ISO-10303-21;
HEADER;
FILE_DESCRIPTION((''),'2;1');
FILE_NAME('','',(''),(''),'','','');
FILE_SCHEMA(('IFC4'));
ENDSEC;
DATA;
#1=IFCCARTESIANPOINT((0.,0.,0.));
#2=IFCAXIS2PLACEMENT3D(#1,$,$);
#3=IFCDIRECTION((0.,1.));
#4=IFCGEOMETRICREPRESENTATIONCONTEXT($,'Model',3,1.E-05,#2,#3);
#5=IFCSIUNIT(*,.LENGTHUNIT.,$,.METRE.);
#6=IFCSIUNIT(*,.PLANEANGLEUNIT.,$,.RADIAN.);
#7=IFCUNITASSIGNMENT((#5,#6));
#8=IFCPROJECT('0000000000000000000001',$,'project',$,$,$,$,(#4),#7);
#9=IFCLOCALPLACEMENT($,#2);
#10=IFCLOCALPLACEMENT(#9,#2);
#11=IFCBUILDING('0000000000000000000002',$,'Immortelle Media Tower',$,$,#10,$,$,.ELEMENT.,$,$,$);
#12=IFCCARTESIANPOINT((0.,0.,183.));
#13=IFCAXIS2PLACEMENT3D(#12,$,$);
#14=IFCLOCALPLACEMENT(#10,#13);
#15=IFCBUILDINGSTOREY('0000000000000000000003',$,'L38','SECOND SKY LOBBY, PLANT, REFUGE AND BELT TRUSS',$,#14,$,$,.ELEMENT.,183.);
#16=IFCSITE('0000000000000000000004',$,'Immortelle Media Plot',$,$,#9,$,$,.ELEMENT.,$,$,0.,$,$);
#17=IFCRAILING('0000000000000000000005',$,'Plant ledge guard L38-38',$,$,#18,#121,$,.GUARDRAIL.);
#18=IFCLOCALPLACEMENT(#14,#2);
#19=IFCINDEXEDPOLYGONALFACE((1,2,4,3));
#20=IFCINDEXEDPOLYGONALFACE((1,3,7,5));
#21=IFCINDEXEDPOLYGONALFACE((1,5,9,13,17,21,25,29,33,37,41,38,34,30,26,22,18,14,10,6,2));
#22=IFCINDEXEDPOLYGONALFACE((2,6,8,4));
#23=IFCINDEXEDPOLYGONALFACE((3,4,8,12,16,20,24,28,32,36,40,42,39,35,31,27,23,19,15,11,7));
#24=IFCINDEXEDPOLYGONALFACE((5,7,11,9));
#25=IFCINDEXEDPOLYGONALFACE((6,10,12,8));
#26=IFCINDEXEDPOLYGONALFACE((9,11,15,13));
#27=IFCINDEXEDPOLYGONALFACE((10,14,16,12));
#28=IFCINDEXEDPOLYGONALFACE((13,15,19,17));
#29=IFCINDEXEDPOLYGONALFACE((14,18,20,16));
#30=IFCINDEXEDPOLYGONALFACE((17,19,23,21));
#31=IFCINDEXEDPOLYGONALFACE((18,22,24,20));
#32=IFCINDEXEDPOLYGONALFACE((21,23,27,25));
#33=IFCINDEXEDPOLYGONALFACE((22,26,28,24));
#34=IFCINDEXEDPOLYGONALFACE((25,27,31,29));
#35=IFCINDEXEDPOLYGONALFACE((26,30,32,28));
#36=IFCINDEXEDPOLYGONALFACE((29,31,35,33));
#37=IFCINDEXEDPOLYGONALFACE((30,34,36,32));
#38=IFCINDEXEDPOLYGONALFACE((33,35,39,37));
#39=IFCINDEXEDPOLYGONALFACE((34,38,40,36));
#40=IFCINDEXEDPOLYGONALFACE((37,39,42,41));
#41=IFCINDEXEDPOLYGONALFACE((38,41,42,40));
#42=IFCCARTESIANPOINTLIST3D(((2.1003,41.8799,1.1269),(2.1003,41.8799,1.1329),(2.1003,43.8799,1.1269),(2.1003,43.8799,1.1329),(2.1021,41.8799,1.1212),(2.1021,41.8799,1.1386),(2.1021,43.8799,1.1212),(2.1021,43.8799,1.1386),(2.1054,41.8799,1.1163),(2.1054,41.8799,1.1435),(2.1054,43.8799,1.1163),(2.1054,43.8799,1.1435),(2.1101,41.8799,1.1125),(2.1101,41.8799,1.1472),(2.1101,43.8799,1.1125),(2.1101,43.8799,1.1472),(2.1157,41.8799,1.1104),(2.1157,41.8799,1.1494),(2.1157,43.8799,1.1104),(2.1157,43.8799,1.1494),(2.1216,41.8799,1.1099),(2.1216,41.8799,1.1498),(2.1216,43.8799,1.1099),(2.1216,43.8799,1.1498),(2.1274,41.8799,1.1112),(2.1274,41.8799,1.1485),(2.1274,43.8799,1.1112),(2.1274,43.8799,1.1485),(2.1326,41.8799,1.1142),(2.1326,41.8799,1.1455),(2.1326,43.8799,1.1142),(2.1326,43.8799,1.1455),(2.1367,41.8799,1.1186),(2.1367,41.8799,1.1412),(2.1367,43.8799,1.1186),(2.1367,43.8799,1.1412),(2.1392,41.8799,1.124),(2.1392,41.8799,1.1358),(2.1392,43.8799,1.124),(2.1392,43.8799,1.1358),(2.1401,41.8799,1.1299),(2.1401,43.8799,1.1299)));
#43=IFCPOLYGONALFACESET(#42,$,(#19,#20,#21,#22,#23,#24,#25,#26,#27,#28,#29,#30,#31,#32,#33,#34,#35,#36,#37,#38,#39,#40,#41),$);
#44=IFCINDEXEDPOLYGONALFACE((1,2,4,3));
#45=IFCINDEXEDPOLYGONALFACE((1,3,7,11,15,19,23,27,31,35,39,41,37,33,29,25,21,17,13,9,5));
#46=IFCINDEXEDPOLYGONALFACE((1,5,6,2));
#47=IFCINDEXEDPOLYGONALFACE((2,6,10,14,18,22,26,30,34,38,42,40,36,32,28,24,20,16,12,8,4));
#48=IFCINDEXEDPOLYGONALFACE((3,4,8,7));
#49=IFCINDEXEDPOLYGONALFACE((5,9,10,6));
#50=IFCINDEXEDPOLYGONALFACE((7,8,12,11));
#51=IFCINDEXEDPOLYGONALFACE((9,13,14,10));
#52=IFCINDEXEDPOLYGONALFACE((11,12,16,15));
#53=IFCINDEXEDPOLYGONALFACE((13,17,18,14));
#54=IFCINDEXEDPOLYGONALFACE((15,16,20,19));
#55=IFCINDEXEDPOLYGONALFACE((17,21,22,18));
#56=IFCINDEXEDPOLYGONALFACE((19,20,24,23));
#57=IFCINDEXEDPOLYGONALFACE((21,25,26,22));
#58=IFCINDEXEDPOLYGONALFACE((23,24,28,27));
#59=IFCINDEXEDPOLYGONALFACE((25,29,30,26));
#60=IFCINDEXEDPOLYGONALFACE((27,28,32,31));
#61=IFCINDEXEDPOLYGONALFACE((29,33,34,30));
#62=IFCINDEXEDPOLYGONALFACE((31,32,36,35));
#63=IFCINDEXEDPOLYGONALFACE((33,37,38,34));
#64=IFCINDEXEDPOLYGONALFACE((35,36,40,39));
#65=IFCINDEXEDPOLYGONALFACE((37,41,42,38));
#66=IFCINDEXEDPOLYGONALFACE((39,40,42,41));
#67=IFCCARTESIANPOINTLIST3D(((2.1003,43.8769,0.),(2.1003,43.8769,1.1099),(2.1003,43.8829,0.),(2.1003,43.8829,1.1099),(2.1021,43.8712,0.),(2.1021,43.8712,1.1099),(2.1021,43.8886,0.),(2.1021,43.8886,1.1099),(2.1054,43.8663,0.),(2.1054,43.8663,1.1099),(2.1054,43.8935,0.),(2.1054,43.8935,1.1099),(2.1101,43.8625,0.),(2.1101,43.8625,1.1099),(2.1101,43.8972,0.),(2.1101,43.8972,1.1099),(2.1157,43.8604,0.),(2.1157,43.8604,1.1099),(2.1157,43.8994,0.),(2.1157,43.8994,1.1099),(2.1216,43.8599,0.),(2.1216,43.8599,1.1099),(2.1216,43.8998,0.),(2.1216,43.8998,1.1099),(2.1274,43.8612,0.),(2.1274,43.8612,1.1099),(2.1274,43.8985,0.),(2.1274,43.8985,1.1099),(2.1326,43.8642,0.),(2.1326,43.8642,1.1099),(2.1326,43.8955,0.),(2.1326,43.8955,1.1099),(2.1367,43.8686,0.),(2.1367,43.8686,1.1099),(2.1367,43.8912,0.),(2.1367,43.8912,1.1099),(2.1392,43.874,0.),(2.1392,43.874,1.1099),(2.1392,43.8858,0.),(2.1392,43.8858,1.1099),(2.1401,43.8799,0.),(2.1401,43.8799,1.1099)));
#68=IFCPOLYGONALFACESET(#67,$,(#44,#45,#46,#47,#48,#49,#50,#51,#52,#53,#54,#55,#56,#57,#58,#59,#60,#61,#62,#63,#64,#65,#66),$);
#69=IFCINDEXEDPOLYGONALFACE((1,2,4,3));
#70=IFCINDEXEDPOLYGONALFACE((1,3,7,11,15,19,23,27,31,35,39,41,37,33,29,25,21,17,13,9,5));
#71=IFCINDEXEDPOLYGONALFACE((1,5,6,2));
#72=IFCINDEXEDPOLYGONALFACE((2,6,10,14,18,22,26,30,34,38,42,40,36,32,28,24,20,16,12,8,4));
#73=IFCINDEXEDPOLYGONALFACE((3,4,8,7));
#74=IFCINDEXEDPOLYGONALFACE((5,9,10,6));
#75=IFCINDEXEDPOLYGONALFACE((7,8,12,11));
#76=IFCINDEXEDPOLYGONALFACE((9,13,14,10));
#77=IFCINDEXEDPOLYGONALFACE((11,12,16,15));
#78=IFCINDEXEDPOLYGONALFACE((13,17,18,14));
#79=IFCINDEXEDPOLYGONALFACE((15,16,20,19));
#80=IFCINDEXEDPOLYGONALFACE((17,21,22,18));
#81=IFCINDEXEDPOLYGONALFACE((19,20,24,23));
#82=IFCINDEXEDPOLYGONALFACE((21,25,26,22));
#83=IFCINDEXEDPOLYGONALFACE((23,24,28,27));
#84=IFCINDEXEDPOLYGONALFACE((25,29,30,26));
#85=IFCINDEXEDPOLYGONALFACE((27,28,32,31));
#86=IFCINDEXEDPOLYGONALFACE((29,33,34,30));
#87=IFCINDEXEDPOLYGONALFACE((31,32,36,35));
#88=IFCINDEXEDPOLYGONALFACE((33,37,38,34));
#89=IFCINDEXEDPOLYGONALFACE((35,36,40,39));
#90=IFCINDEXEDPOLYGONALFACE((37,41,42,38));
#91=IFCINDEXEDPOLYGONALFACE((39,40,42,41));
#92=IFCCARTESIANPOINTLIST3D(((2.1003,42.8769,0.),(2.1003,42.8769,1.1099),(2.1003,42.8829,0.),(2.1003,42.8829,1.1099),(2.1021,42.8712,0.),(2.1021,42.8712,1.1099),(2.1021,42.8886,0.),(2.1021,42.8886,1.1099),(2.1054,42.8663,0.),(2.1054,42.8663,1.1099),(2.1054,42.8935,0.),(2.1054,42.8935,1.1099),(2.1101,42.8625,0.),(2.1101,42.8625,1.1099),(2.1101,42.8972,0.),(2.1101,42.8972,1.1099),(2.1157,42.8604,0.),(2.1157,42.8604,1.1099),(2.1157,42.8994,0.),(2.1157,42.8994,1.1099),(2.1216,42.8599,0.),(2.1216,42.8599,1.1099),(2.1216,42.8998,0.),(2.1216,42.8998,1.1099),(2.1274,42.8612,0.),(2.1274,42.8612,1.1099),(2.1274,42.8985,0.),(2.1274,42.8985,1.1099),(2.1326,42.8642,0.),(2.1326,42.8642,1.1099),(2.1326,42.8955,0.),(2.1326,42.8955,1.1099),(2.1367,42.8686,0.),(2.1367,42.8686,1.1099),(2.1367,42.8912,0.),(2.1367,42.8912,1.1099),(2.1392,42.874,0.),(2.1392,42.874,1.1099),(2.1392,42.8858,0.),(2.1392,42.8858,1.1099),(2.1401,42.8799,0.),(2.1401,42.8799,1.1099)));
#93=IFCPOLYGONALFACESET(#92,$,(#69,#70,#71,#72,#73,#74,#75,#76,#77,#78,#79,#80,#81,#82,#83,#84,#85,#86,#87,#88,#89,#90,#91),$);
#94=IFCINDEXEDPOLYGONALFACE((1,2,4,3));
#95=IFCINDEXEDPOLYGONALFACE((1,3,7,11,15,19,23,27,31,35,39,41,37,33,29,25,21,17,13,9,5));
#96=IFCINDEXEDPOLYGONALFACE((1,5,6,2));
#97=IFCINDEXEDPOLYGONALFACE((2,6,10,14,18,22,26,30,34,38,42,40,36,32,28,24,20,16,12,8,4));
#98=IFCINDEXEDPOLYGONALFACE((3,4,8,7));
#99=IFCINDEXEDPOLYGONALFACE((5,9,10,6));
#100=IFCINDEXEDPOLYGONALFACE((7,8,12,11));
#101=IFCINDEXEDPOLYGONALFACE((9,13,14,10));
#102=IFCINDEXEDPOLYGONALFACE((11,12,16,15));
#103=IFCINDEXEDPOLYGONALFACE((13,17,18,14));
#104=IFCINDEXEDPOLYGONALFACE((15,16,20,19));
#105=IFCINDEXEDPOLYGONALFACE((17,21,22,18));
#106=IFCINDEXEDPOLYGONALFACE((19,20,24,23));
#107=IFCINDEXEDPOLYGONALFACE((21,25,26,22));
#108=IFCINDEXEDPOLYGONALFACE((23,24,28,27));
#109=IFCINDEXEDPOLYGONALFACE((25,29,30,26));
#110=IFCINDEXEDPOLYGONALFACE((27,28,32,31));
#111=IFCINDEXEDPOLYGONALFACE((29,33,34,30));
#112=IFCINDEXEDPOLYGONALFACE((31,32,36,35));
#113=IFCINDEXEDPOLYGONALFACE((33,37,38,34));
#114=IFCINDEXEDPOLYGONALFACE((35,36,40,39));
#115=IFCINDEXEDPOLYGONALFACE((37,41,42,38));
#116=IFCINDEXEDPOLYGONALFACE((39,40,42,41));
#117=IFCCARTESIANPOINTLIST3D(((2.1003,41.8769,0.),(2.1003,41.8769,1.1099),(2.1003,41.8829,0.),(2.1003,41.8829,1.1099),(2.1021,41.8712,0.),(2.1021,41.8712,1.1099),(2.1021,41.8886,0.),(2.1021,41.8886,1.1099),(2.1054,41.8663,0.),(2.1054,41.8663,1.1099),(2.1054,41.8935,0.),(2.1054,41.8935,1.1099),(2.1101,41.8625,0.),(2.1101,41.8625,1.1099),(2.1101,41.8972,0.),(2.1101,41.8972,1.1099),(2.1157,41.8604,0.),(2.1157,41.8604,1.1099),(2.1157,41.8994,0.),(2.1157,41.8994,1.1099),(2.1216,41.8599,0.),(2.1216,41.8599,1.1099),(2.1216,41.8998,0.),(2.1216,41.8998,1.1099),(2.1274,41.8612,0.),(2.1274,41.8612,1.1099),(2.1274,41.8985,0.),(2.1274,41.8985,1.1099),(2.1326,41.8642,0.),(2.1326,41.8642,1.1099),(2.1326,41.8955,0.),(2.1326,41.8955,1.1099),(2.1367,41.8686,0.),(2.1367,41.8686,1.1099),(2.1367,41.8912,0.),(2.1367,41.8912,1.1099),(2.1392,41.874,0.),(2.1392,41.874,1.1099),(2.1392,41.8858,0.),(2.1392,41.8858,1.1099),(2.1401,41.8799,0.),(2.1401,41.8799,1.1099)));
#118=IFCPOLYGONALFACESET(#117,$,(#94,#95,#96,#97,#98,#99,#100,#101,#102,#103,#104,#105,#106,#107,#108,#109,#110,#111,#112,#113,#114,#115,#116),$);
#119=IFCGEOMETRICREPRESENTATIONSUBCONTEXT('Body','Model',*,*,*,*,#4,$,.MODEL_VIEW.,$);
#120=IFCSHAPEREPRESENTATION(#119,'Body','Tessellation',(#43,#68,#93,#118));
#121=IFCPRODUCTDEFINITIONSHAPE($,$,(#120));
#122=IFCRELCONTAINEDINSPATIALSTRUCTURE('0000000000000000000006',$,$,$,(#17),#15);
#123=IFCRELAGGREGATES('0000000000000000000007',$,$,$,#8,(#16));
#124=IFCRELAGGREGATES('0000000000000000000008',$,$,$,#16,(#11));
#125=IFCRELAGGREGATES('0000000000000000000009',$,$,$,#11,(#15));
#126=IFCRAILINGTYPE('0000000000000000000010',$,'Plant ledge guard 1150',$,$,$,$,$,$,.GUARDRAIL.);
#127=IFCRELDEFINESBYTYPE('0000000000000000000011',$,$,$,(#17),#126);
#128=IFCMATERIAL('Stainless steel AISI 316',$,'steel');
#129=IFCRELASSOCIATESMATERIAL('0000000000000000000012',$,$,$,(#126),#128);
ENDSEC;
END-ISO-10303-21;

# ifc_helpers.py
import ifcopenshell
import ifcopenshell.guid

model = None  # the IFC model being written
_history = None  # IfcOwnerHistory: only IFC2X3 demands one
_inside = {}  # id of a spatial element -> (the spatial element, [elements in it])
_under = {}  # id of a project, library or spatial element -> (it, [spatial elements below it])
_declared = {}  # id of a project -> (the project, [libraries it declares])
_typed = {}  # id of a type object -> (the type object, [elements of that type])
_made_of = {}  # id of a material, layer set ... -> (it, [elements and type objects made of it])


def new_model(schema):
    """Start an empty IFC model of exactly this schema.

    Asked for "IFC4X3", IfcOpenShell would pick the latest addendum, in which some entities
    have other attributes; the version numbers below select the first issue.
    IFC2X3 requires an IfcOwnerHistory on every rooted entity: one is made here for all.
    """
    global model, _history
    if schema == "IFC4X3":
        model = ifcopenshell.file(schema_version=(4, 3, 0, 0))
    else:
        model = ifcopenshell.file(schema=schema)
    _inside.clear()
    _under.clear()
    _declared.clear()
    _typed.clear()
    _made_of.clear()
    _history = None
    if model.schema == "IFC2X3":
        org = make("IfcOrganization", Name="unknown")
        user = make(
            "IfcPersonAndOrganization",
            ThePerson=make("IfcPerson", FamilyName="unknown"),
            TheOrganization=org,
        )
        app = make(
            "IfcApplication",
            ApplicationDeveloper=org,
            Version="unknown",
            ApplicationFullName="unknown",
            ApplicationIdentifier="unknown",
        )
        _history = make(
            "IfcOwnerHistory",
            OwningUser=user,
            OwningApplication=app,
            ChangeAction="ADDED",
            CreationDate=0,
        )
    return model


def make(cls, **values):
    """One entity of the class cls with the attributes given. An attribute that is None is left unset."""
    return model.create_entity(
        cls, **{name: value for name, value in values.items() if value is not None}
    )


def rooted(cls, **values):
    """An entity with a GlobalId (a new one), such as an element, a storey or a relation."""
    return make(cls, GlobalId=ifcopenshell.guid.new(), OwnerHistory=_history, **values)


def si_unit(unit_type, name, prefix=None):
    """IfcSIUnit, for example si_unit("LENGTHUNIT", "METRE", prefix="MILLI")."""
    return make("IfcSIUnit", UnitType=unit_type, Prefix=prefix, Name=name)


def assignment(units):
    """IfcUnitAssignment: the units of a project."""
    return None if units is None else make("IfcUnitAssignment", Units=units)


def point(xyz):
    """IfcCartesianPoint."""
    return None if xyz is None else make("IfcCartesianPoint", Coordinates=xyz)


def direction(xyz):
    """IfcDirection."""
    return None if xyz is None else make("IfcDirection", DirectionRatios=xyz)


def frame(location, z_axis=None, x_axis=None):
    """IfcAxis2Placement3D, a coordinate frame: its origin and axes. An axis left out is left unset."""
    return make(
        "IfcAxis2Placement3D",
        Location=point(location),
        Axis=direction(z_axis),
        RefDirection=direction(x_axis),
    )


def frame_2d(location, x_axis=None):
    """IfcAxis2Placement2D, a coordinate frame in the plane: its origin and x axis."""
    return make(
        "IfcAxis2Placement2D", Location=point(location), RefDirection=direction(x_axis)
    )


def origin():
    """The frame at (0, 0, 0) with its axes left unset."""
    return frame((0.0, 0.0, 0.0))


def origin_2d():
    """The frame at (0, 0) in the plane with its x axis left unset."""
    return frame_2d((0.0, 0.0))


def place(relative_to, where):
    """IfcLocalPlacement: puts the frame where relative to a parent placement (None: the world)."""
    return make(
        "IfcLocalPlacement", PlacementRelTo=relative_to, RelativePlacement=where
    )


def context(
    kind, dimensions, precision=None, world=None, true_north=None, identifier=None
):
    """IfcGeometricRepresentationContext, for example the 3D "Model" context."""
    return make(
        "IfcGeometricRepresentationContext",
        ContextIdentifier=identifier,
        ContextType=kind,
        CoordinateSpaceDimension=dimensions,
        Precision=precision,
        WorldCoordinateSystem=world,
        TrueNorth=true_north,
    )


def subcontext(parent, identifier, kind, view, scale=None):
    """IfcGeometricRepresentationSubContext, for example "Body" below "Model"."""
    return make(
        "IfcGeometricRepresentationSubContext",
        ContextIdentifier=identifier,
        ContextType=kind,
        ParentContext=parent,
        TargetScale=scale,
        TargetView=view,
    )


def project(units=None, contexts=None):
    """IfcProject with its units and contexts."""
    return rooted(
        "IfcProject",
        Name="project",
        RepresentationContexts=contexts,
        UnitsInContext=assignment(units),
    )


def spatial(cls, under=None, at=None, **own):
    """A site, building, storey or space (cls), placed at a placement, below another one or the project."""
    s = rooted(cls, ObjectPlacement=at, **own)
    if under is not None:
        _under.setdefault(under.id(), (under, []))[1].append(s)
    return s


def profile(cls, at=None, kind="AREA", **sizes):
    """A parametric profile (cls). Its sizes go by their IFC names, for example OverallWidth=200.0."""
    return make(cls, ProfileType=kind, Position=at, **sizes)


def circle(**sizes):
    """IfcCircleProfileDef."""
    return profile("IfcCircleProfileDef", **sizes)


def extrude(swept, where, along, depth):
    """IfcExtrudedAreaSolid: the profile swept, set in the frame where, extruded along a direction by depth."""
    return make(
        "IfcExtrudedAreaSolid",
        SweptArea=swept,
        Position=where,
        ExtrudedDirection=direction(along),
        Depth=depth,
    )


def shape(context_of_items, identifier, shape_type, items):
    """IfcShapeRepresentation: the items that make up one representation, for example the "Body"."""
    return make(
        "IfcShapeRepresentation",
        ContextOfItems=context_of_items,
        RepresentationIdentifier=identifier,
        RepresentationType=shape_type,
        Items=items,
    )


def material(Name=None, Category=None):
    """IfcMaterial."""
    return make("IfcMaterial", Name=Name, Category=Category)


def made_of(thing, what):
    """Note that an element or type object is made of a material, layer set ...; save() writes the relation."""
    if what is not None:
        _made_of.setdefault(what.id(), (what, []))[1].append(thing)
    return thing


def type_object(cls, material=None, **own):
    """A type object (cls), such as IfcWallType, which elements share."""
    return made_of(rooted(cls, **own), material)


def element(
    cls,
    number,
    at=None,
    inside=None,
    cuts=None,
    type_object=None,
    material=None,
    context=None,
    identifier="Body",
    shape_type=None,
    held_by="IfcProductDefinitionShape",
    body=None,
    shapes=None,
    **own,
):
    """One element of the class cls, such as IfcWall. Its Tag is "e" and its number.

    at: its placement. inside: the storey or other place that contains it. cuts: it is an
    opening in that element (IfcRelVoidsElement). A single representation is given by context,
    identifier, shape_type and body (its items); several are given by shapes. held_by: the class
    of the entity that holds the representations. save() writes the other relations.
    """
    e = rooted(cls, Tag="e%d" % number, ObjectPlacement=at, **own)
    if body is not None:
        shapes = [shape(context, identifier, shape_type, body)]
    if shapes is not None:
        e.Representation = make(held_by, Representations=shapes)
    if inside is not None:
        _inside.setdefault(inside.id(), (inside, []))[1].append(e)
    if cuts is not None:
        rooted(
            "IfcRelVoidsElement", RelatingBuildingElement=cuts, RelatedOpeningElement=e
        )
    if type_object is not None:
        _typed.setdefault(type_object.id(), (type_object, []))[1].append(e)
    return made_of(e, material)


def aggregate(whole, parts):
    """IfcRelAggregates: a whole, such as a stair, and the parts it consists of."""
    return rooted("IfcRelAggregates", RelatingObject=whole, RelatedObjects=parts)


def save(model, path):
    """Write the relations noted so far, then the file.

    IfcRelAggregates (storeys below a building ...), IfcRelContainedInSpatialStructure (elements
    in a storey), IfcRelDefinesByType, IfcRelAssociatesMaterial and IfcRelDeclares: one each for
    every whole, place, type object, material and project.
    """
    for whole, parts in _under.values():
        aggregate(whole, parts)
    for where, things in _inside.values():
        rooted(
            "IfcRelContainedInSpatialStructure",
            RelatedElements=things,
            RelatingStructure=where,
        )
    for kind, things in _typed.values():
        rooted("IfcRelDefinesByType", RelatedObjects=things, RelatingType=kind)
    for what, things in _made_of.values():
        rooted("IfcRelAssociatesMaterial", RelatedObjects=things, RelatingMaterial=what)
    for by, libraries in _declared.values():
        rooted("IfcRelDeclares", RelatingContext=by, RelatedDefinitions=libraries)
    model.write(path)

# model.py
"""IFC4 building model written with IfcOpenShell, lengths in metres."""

from ifc_helpers import new_model, si_unit, direction, frame, origin, origin_2d, place, context, subcontext, project, spatial, circle, extrude, material, type_object, element, save


model = new_model("IFC4")

# Units and contexts
model_context = context("Model", 3, precision=1e-05, world=origin(), true_north=direction((0.0, 1.0)))
body_context = subcontext(model_context, "Body", "Model", "MODEL_VIEW")
ifc_project = project(units=[si_unit("LENGTHUNIT", "METRE"), si_unit("PLANEANGLEUNIT", "RADIAN")], contexts=[model_context])

# Site, building, storey
site_placement = place(None, origin())
site = spatial("IfcSite", under=ifc_project, at=site_placement, Name="Immortelle Media Plot", CompositionType="ELEMENT", RefElevation=0.0)
building_placement = place(site_placement, origin())
building = spatial("IfcBuilding", under=site, at=building_placement, Name="Immortelle Media Tower", CompositionType="ELEMENT")
storey_placement = place(building_placement, frame((0.0, 0.0, 183.0)))
storey = spatial("IfcBuildingStorey", under=building, at=storey_placement, Name="L38", Description="SECOND SKY LOBBY, PLANT, REFUGE AND BELT TRUSS", CompositionType="ELEMENT", Elevation=183.0)

# Railing
ifc_material_1 = material(Name="Stainless steel AISI 316", Category="steel")
railing_type = type_object("IfcRailingType", Name="Plant ledge guard 1150", PredefinedType="GUARDRAIL", material=ifc_material_1)
railing_1_placement = place(storey_placement, frame((2.1201, 43.8799, 0.0)))
element("IfcRailing", 1, at=railing_1_placement, inside=storey, type_object=railing_type, Name="Plant ledge guard L38-38", PredefinedType="GUARDRAIL", context=body_context, shape_type="SweptSolid", body=[
    extrude(circle(Radius=0.02, at=origin_2d()), frame((0.0, 0.0, 1.1299), z_axis=(0.0, -1.0, 0.0), x_axis=(1.0, 0.0, 0.0)), (0.0, 0.0, 1.0), 2.0),
    extrude(circle(Radius=0.02, at=origin_2d()), origin(), (0.0, 0.0, 1.0), 1.1099),
    extrude(circle(Radius=0.02, at=origin_2d()), frame((0.0, -1.0, 0.0)), (0.0, 0.0, 1.0), 1.1099),
    extrude(circle(Radius=0.02, at=origin_2d()), frame((0.0, -2.0, 0.0)), (0.0, 0.0, 1.0), 1.1099),
])

save(model, "model.ifc")
